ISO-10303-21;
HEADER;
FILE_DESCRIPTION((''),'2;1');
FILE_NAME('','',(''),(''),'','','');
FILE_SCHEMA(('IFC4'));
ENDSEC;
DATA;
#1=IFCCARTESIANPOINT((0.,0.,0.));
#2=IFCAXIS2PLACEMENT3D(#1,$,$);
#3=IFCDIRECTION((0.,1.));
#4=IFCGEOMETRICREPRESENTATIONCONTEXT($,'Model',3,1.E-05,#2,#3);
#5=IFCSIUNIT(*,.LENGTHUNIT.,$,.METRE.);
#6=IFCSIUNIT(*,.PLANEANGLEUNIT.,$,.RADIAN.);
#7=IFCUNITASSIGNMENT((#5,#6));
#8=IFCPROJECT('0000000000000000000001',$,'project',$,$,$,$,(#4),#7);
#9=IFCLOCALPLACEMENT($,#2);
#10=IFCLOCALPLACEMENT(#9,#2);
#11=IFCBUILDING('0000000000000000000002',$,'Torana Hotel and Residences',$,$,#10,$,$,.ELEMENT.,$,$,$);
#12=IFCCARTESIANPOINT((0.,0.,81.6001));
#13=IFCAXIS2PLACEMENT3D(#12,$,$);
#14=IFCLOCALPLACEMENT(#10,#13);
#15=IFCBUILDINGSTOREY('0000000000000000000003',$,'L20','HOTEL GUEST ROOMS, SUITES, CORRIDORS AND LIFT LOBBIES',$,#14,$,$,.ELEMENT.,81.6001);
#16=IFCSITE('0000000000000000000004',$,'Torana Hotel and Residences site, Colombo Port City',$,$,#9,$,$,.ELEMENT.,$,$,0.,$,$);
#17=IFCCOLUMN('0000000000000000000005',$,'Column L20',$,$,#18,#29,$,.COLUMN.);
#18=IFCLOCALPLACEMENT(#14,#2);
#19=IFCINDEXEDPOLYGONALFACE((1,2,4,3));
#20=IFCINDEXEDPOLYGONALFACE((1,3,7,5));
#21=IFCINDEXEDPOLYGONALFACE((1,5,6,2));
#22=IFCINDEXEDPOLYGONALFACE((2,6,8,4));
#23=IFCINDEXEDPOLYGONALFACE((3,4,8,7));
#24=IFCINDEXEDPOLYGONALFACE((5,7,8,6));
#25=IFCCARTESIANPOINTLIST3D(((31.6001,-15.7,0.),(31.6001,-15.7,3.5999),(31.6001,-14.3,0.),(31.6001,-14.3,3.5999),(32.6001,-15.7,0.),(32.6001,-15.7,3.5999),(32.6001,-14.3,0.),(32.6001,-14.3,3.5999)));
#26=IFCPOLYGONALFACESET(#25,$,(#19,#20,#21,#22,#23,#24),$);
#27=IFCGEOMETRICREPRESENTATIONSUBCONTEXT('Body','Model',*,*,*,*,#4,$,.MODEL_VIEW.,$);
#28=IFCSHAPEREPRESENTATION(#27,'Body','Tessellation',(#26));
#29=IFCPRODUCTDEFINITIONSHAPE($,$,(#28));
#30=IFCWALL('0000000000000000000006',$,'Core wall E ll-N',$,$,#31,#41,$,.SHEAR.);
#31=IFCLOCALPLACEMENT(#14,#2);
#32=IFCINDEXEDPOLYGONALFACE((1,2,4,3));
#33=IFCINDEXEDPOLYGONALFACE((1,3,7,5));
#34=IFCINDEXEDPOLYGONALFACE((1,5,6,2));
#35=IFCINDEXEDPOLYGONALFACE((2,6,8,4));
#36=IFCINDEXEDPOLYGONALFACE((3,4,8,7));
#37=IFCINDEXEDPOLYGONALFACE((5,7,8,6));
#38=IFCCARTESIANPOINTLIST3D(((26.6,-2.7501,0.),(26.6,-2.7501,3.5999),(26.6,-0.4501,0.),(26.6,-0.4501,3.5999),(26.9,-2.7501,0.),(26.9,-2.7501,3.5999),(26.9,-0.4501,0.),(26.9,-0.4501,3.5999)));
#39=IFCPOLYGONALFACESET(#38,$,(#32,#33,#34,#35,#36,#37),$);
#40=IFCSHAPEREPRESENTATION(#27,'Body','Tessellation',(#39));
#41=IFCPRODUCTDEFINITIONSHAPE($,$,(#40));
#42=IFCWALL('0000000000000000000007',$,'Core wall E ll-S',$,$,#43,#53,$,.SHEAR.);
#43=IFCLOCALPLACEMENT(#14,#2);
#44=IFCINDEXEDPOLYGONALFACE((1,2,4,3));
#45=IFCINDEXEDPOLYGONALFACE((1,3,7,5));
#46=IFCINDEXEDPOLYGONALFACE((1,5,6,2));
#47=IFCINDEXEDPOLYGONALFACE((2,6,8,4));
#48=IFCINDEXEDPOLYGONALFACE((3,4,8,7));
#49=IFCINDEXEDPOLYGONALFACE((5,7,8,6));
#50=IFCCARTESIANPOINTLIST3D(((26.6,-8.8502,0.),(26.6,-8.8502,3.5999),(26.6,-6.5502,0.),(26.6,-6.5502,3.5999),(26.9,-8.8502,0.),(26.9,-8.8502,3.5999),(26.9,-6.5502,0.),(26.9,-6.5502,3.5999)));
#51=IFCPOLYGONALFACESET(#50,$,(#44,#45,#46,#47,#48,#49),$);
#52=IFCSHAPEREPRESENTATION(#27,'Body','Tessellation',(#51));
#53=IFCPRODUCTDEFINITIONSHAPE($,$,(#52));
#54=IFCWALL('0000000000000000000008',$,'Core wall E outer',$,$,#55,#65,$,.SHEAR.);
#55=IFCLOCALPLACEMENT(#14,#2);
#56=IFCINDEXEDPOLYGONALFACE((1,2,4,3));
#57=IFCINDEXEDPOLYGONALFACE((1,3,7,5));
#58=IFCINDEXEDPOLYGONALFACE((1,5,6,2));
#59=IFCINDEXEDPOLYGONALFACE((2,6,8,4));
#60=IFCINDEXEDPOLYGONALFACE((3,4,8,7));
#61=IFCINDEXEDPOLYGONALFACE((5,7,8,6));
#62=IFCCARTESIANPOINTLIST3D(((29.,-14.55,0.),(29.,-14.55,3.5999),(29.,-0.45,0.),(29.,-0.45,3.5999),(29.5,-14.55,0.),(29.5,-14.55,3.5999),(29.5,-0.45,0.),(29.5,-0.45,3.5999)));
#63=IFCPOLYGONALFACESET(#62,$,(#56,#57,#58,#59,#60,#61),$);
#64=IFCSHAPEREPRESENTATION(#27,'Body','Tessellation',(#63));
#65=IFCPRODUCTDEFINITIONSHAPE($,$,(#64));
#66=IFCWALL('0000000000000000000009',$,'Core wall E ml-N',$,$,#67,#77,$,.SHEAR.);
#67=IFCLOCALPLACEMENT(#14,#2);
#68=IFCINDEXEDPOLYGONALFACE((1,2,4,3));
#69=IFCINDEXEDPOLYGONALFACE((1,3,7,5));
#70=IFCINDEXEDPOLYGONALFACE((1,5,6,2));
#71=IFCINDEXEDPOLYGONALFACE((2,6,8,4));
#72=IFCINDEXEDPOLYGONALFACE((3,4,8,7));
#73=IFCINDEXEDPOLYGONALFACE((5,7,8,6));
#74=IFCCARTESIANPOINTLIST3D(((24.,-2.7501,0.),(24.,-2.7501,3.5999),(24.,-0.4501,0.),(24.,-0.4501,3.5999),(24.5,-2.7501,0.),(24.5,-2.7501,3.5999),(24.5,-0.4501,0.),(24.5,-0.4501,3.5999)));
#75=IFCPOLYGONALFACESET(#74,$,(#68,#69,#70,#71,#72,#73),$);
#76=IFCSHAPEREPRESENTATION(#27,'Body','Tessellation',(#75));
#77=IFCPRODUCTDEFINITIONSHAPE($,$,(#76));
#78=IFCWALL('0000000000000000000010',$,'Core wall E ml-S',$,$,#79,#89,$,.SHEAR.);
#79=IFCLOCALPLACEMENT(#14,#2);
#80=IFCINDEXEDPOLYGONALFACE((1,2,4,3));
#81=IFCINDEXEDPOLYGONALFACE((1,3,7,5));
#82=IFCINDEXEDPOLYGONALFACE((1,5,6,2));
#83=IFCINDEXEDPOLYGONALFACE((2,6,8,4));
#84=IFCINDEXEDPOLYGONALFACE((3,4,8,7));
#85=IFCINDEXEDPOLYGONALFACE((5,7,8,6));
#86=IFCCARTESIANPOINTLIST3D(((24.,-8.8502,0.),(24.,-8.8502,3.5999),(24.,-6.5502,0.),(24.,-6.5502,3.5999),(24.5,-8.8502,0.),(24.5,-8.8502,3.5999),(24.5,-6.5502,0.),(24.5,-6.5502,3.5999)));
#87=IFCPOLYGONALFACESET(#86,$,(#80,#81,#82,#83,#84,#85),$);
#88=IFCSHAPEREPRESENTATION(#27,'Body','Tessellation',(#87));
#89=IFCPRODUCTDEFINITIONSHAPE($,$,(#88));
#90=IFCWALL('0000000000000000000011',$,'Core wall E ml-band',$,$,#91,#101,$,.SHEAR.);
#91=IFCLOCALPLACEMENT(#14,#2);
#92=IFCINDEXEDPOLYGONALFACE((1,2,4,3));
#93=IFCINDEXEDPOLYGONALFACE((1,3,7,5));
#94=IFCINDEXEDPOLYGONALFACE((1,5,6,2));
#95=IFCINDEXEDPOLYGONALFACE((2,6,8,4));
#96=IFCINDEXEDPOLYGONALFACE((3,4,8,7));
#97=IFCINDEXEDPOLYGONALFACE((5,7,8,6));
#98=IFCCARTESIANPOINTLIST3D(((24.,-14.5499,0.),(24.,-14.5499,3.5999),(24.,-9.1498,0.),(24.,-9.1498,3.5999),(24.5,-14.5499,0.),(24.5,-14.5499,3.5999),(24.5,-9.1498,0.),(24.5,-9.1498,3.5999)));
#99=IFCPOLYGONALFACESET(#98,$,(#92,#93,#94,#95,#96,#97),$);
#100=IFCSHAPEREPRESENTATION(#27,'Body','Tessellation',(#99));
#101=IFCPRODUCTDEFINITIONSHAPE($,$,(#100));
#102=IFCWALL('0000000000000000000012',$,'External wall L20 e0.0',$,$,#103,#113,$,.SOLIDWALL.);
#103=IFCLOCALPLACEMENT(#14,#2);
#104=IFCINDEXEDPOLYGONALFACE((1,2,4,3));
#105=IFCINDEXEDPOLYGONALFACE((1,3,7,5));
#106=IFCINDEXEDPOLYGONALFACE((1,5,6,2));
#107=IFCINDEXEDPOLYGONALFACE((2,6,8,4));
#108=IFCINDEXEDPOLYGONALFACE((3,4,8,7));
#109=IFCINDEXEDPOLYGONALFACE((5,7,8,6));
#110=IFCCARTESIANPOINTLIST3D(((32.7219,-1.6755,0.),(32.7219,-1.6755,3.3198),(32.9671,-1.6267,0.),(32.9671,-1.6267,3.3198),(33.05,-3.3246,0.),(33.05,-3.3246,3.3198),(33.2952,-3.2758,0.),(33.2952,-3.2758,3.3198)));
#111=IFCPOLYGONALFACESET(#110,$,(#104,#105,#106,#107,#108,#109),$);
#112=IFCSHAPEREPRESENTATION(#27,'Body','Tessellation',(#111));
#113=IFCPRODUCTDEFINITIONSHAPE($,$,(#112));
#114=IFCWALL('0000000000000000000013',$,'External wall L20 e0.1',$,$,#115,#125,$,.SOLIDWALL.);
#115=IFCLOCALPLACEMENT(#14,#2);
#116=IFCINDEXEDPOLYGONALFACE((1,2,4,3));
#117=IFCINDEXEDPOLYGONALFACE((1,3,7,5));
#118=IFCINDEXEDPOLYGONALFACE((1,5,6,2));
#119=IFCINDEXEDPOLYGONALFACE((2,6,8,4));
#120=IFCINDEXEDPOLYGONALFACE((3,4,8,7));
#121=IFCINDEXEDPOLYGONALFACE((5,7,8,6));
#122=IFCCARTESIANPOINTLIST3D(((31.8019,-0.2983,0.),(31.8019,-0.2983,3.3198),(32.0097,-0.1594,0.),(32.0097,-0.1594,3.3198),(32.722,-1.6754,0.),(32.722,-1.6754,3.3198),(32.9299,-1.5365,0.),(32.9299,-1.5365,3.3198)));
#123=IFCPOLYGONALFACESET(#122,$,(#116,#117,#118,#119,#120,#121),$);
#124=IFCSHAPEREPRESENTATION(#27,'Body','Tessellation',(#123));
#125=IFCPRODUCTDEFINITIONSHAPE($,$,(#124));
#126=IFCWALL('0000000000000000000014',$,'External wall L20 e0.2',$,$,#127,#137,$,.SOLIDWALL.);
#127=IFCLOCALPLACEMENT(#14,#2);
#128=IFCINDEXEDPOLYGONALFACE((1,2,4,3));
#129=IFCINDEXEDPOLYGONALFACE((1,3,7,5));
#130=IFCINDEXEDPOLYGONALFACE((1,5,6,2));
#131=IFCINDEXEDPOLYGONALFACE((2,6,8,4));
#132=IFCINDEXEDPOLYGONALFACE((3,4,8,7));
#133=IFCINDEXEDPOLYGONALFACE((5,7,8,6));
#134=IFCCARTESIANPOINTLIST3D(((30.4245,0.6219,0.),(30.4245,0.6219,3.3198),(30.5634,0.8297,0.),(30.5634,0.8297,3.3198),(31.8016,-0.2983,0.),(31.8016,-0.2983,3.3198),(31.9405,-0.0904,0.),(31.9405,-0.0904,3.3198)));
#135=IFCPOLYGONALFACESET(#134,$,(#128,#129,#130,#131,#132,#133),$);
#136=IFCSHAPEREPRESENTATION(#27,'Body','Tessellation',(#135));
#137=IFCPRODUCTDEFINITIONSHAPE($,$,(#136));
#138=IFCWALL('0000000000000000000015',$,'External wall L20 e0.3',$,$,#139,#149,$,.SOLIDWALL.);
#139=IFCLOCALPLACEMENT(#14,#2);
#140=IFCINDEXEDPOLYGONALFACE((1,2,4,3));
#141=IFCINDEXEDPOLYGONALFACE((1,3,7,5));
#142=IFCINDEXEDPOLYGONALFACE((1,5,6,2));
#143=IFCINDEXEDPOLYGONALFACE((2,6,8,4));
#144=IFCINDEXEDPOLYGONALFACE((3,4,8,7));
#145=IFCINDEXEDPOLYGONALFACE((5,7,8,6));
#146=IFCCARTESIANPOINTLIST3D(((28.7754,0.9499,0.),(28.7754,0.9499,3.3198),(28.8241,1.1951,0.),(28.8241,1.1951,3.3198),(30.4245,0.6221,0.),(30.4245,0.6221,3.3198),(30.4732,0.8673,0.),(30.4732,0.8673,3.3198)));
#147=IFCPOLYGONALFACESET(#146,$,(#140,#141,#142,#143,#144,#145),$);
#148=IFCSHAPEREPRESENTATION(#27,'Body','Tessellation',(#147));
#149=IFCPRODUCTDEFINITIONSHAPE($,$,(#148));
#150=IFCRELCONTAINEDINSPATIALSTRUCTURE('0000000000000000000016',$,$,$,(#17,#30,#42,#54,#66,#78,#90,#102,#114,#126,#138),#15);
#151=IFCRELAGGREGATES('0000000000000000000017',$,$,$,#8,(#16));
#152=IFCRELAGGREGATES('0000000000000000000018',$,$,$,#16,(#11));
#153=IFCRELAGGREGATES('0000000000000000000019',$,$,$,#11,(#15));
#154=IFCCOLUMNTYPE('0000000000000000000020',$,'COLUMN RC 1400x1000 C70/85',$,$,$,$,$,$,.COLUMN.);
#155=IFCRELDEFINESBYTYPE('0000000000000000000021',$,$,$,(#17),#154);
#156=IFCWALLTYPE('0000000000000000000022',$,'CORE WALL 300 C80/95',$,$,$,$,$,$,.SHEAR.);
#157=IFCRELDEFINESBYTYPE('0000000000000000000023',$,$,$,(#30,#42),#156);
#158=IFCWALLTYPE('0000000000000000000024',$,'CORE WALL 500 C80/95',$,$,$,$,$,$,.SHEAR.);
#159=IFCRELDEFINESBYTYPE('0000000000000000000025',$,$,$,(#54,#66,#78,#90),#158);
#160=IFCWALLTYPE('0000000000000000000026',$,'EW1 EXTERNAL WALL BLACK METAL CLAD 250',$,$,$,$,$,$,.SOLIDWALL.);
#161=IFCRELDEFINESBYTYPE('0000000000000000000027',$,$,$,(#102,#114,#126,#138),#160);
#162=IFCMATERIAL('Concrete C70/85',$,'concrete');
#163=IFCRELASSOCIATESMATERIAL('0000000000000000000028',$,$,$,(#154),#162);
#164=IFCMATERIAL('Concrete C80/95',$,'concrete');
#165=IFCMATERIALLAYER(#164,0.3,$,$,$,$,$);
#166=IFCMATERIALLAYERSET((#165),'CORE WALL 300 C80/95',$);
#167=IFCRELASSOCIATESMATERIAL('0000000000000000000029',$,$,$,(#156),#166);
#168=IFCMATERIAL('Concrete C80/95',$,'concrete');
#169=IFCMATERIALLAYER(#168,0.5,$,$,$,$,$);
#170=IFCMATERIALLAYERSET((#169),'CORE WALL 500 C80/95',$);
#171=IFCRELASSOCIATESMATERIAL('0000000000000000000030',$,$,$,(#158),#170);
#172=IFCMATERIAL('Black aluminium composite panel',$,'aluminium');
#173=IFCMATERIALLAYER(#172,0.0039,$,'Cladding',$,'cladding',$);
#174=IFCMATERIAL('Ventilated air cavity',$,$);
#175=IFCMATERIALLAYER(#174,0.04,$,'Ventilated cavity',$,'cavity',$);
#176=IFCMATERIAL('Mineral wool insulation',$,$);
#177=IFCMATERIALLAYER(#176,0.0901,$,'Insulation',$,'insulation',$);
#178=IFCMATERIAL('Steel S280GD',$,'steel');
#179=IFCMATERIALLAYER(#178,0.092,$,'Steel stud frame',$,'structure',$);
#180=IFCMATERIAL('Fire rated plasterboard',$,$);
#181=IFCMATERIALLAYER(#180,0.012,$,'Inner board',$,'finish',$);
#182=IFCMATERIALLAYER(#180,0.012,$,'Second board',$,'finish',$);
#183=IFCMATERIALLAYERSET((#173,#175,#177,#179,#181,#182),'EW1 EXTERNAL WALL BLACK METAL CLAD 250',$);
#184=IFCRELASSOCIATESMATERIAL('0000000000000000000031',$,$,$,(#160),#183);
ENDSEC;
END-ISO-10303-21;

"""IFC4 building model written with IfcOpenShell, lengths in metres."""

from ifc_helpers import new_model, si_unit, direction, frame, frame_2d, origin, origin_2d, place, context, subcontext, project, spatial, rectangle, extrude, material, layer, layer_set, material_profile, profile_set, type_object, element, save


model = new_model("IFC4")

# Units and contexts
model_context = context("Model", 3, precision=1e-05, world=origin(), true_north=direction((0.0, 1.0)))
body_context = subcontext(model_context, "Body", "Model", "MODEL_VIEW")
ifc_project = project(units=[si_unit("LENGTHUNIT", "METRE"), si_unit("PLANEANGLEUNIT", "RADIAN")], contexts=[model_context])

# Site, building, storey
site_placement = place(None, origin())
site = spatial("IfcSite", under=ifc_project, at=site_placement, Name="Torana Hotel and Residences site, Colombo Port City", CompositionType="ELEMENT", RefElevation=0.0)
building_placement = place(site_placement, origin())
building = spatial("IfcBuilding", under=site, at=building_placement, Name="Torana Hotel and Residences", CompositionType="ELEMENT")
storey_placement = place(building_placement, frame((0.0, 0.0, 81.6001)))
storey = spatial("IfcBuildingStorey", under=building, at=storey_placement, Name="L20", Description="HOTEL GUEST ROOMS, SUITES, CORRIDORS AND LIFT LOBBIES", CompositionType="ELEMENT", Elevation=81.6001)

# Column
ifc_material_1 = material(Name="Concrete C70/85", Category="concrete")
ifc_material_profile = material_profile(ifc_material_1, rectangle(XDim=1.3999, YDim=1.0, at=origin_2d()), Name="RC 1400x1000")
ifc_profile_set = profile_set([ifc_material_profile], Name="Concrete C70/85")
column_type = type_object("IfcColumnType", Name="COLUMN RC 1400x1000 C70/85", PredefinedType="COLUMN", material=ifc_profile_set)
column_placement = place(storey_placement, frame((32.1001, -15.0, 0.0), z_axis=(0.0, 0.0, 1.0), x_axis=(0.0, 1.0, 0.0)))
element("IfcColumn", 1, at=column_placement, inside=storey, type_object=column_type, Name="Column L20", PredefinedType="COLUMN", context=body_context, shape_type="SweptSolid", body=[
    extrude(rectangle(XDim=1.3999, YDim=1.0, at=origin_2d()), origin(), (0.0, 0.0, 1.0), 3.5999),
])

# Walls
ifc_material_2 = material(Name="Concrete C80/95", Category="concrete")
ifc_layer_1 = layer(ifc_material_2, 0.3)
ifc_layer_set_1 = layer_set([ifc_layer_1], Name="CORE WALL 300 C80/95")
wall_type_1 = type_object("IfcWallType", Name="CORE WALL 300 C80/95", PredefinedType="SHEAR", material=ifc_layer_set_1)
for number, where, z_axis, x_axis, name in (
    (2, (26.75, -2.75, 0.0), (0.0, 0.0, 1.0), (0.0, 1.0, 0.0), "Core wall E ll-N"),
    (3, (26.75, -8.8501, 0.0), (0.0, 0.0, 1.0), (0.0, 1.0, 0.0), "Core wall E ll-S"),
):
    element("IfcWall", number, at=place(storey_placement, frame(where, z_axis=z_axis, x_axis=x_axis)), inside=storey, type_object=wall_type_1, Name=name, PredefinedType="SHEAR", context=body_context, shape_type="SweptSolid", body=[
        extrude(rectangle(XDim=2.3, YDim=0.3, at=frame_2d((1.1499, 0.0))), origin(), (0.0, 0.0, 1.0), 3.5999),
    ])
ifc_material_3 = material(Name="Concrete C80/95", Category="concrete")
ifc_layer_2 = layer(ifc_material_3, 0.5)
ifc_layer_set_2 = layer_set([ifc_layer_2], Name="CORE WALL 500 C80/95")
wall_type_2 = type_object("IfcWallType", Name="CORE WALL 500 C80/95", PredefinedType="SHEAR", material=ifc_layer_set_2)
wall_1_placement = place(storey_placement, frame((29.25, -14.55, 0.0), z_axis=(0.0, 0.0, 1.0), x_axis=(0.0, 1.0, 0.0)))
element("IfcWall", 4, at=wall_1_placement, inside=storey, type_object=wall_type_2, Name="Core wall E outer", PredefinedType="SHEAR", context=body_context, shape_type="SweptSolid", body=[
    extrude(rectangle(XDim=14.1001, YDim=0.5, at=frame_2d((7.05, 0.0))), origin(), (0.0, 0.0, 1.0), 3.5999),
])
for number, where, z_axis, x_axis, name in (
    (5, (24.25, -2.75, 0.0), (0.0, 0.0, 1.0), (0.0, 1.0, 0.0), "Core wall E ml-N"),
    (6, (24.25, -8.8501, 0.0), (0.0, 0.0, 1.0), (0.0, 1.0, 0.0), "Core wall E ml-S"),
):
    element("IfcWall", number, at=place(storey_placement, frame(where, z_axis=z_axis, x_axis=x_axis)), inside=storey, type_object=wall_type_2, Name=name, PredefinedType="SHEAR", context=body_context, shape_type="SweptSolid", body=[
        extrude(rectangle(XDim=2.3, YDim=0.5, at=frame_2d((1.1499, 0.0))), origin(), (0.0, 0.0, 1.0), 3.5999),
    ])
wall_2_placement = place(storey_placement, frame((24.25, -14.55, 0.0), z_axis=(0.0, 0.0, 1.0), x_axis=(0.0, 1.0, 0.0)))
element("IfcWall", 7, at=wall_2_placement, inside=storey, type_object=wall_type_2, Name="Core wall E ml-band", PredefinedType="SHEAR", context=body_context, shape_type="SweptSolid", body=[
    extrude(rectangle(XDim=5.4001, YDim=0.5, at=frame_2d((2.7002, 0.0))), origin(), (0.0, 0.0, 1.0), 3.5999),
])
ifc_material_4 = material(Name="Black aluminium composite panel", Category="aluminium")
ifc_layer_3 = layer(ifc_material_4, 0.0039, Name="Cladding", Category="cladding")
ifc_material_5 = material(Name="Ventilated air cavity")
ifc_layer_4 = layer(ifc_material_5, 0.04, Name="Ventilated cavity", Category="cavity")
ifc_material_6 = material(Name="Mineral wool insulation")
ifc_layer_5 = layer(ifc_material_6, 0.0901, Name="Insulation", Category="insulation")
ifc_material_7 = material(Name="Steel S280GD", Category="steel")
ifc_layer_6 = layer(ifc_material_7, 0.092, Name="Steel stud frame", Category="structure")
ifc_material_8 = material(Name="Fire rated plasterboard")
ifc_layer_7 = layer(ifc_material_8, 0.012, Name="Inner board", Category="finish")
ifc_layer_8 = layer(ifc_material_8, 0.012, Name="Second board", Category="finish")
ifc_layer_set_3 = layer_set([ifc_layer_3, ifc_layer_4, ifc_layer_5, ifc_layer_6, ifc_layer_7, ifc_layer_8], Name="EW1 EXTERNAL WALL BLACK METAL CLAD 250")
wall_type_3 = type_object("IfcWallType", Name="EW1 EXTERNAL WALL BLACK METAL CLAD 250", PredefinedType="SOLIDWALL", material=ifc_layer_set_3)
wall_3_placement = place(storey_placement, frame((33.1726, -3.3003, 0.0), z_axis=(0.0, 0.0, 1.0), x_axis=(-0.195139, 0.980776, 0.0)))
element("IfcWall", 8, at=wall_3_placement, inside=storey, type_object=wall_type_3, Name="External wall L20 e0.0", PredefinedType="SOLIDWALL", context=body_context, shape_type="SweptSolid", body=[
    extrude(rectangle(XDim=1.6814, YDim=0.25, at=frame_2d((0.8408, 0.0))), origin(), (0.0, 0.0, 1.0), 3.3198),
])
for number, where, z_axis, x_axis, name in (
    (9, (32.8259, -1.606, 0.0), (0.0, 0.0, 1.0), (-0.55555, 0.831483, 0.0), "External wall L20 e0.1"),
    (10, (31.8711, -0.1943, 0.0), (0.0, 0.0, 1.0), (-0.831483, 0.55555, 0.0), "External wall L20 e0.2"),
):
    element("IfcWall", number, at=place(storey_placement, frame(where, z_axis=z_axis, x_axis=x_axis)), inside=storey, type_object=wall_type_3, Name=name, PredefinedType="SOLIDWALL", context=body_context, shape_type="SweptSolid", body=[
        extrude(rectangle(XDim=1.6562, YDim=0.25, at=frame_2d((0.8281, 0.0))), origin(), (0.0, 0.0, 1.0), 3.3198),
    ])
wall_4_placement = place(storey_placement, frame((30.449, 0.7446, 0.0), z_axis=(0.0, 0.0, 1.0), x_axis=(-0.980803, 0.194999, 0.0)))
element("IfcWall", 11, at=wall_4_placement, inside=storey, type_object=wall_type_3, Name="External wall L20 e0.3", PredefinedType="SOLIDWALL", context=body_context, shape_type="SweptSolid", body=[
    extrude(rectangle(XDim=1.6814, YDim=0.25, at=frame_2d((0.8408, 0.0))), origin(), (0.0, 0.0, 1.0), 3.3198),
])

save(model, "model.ifc")
